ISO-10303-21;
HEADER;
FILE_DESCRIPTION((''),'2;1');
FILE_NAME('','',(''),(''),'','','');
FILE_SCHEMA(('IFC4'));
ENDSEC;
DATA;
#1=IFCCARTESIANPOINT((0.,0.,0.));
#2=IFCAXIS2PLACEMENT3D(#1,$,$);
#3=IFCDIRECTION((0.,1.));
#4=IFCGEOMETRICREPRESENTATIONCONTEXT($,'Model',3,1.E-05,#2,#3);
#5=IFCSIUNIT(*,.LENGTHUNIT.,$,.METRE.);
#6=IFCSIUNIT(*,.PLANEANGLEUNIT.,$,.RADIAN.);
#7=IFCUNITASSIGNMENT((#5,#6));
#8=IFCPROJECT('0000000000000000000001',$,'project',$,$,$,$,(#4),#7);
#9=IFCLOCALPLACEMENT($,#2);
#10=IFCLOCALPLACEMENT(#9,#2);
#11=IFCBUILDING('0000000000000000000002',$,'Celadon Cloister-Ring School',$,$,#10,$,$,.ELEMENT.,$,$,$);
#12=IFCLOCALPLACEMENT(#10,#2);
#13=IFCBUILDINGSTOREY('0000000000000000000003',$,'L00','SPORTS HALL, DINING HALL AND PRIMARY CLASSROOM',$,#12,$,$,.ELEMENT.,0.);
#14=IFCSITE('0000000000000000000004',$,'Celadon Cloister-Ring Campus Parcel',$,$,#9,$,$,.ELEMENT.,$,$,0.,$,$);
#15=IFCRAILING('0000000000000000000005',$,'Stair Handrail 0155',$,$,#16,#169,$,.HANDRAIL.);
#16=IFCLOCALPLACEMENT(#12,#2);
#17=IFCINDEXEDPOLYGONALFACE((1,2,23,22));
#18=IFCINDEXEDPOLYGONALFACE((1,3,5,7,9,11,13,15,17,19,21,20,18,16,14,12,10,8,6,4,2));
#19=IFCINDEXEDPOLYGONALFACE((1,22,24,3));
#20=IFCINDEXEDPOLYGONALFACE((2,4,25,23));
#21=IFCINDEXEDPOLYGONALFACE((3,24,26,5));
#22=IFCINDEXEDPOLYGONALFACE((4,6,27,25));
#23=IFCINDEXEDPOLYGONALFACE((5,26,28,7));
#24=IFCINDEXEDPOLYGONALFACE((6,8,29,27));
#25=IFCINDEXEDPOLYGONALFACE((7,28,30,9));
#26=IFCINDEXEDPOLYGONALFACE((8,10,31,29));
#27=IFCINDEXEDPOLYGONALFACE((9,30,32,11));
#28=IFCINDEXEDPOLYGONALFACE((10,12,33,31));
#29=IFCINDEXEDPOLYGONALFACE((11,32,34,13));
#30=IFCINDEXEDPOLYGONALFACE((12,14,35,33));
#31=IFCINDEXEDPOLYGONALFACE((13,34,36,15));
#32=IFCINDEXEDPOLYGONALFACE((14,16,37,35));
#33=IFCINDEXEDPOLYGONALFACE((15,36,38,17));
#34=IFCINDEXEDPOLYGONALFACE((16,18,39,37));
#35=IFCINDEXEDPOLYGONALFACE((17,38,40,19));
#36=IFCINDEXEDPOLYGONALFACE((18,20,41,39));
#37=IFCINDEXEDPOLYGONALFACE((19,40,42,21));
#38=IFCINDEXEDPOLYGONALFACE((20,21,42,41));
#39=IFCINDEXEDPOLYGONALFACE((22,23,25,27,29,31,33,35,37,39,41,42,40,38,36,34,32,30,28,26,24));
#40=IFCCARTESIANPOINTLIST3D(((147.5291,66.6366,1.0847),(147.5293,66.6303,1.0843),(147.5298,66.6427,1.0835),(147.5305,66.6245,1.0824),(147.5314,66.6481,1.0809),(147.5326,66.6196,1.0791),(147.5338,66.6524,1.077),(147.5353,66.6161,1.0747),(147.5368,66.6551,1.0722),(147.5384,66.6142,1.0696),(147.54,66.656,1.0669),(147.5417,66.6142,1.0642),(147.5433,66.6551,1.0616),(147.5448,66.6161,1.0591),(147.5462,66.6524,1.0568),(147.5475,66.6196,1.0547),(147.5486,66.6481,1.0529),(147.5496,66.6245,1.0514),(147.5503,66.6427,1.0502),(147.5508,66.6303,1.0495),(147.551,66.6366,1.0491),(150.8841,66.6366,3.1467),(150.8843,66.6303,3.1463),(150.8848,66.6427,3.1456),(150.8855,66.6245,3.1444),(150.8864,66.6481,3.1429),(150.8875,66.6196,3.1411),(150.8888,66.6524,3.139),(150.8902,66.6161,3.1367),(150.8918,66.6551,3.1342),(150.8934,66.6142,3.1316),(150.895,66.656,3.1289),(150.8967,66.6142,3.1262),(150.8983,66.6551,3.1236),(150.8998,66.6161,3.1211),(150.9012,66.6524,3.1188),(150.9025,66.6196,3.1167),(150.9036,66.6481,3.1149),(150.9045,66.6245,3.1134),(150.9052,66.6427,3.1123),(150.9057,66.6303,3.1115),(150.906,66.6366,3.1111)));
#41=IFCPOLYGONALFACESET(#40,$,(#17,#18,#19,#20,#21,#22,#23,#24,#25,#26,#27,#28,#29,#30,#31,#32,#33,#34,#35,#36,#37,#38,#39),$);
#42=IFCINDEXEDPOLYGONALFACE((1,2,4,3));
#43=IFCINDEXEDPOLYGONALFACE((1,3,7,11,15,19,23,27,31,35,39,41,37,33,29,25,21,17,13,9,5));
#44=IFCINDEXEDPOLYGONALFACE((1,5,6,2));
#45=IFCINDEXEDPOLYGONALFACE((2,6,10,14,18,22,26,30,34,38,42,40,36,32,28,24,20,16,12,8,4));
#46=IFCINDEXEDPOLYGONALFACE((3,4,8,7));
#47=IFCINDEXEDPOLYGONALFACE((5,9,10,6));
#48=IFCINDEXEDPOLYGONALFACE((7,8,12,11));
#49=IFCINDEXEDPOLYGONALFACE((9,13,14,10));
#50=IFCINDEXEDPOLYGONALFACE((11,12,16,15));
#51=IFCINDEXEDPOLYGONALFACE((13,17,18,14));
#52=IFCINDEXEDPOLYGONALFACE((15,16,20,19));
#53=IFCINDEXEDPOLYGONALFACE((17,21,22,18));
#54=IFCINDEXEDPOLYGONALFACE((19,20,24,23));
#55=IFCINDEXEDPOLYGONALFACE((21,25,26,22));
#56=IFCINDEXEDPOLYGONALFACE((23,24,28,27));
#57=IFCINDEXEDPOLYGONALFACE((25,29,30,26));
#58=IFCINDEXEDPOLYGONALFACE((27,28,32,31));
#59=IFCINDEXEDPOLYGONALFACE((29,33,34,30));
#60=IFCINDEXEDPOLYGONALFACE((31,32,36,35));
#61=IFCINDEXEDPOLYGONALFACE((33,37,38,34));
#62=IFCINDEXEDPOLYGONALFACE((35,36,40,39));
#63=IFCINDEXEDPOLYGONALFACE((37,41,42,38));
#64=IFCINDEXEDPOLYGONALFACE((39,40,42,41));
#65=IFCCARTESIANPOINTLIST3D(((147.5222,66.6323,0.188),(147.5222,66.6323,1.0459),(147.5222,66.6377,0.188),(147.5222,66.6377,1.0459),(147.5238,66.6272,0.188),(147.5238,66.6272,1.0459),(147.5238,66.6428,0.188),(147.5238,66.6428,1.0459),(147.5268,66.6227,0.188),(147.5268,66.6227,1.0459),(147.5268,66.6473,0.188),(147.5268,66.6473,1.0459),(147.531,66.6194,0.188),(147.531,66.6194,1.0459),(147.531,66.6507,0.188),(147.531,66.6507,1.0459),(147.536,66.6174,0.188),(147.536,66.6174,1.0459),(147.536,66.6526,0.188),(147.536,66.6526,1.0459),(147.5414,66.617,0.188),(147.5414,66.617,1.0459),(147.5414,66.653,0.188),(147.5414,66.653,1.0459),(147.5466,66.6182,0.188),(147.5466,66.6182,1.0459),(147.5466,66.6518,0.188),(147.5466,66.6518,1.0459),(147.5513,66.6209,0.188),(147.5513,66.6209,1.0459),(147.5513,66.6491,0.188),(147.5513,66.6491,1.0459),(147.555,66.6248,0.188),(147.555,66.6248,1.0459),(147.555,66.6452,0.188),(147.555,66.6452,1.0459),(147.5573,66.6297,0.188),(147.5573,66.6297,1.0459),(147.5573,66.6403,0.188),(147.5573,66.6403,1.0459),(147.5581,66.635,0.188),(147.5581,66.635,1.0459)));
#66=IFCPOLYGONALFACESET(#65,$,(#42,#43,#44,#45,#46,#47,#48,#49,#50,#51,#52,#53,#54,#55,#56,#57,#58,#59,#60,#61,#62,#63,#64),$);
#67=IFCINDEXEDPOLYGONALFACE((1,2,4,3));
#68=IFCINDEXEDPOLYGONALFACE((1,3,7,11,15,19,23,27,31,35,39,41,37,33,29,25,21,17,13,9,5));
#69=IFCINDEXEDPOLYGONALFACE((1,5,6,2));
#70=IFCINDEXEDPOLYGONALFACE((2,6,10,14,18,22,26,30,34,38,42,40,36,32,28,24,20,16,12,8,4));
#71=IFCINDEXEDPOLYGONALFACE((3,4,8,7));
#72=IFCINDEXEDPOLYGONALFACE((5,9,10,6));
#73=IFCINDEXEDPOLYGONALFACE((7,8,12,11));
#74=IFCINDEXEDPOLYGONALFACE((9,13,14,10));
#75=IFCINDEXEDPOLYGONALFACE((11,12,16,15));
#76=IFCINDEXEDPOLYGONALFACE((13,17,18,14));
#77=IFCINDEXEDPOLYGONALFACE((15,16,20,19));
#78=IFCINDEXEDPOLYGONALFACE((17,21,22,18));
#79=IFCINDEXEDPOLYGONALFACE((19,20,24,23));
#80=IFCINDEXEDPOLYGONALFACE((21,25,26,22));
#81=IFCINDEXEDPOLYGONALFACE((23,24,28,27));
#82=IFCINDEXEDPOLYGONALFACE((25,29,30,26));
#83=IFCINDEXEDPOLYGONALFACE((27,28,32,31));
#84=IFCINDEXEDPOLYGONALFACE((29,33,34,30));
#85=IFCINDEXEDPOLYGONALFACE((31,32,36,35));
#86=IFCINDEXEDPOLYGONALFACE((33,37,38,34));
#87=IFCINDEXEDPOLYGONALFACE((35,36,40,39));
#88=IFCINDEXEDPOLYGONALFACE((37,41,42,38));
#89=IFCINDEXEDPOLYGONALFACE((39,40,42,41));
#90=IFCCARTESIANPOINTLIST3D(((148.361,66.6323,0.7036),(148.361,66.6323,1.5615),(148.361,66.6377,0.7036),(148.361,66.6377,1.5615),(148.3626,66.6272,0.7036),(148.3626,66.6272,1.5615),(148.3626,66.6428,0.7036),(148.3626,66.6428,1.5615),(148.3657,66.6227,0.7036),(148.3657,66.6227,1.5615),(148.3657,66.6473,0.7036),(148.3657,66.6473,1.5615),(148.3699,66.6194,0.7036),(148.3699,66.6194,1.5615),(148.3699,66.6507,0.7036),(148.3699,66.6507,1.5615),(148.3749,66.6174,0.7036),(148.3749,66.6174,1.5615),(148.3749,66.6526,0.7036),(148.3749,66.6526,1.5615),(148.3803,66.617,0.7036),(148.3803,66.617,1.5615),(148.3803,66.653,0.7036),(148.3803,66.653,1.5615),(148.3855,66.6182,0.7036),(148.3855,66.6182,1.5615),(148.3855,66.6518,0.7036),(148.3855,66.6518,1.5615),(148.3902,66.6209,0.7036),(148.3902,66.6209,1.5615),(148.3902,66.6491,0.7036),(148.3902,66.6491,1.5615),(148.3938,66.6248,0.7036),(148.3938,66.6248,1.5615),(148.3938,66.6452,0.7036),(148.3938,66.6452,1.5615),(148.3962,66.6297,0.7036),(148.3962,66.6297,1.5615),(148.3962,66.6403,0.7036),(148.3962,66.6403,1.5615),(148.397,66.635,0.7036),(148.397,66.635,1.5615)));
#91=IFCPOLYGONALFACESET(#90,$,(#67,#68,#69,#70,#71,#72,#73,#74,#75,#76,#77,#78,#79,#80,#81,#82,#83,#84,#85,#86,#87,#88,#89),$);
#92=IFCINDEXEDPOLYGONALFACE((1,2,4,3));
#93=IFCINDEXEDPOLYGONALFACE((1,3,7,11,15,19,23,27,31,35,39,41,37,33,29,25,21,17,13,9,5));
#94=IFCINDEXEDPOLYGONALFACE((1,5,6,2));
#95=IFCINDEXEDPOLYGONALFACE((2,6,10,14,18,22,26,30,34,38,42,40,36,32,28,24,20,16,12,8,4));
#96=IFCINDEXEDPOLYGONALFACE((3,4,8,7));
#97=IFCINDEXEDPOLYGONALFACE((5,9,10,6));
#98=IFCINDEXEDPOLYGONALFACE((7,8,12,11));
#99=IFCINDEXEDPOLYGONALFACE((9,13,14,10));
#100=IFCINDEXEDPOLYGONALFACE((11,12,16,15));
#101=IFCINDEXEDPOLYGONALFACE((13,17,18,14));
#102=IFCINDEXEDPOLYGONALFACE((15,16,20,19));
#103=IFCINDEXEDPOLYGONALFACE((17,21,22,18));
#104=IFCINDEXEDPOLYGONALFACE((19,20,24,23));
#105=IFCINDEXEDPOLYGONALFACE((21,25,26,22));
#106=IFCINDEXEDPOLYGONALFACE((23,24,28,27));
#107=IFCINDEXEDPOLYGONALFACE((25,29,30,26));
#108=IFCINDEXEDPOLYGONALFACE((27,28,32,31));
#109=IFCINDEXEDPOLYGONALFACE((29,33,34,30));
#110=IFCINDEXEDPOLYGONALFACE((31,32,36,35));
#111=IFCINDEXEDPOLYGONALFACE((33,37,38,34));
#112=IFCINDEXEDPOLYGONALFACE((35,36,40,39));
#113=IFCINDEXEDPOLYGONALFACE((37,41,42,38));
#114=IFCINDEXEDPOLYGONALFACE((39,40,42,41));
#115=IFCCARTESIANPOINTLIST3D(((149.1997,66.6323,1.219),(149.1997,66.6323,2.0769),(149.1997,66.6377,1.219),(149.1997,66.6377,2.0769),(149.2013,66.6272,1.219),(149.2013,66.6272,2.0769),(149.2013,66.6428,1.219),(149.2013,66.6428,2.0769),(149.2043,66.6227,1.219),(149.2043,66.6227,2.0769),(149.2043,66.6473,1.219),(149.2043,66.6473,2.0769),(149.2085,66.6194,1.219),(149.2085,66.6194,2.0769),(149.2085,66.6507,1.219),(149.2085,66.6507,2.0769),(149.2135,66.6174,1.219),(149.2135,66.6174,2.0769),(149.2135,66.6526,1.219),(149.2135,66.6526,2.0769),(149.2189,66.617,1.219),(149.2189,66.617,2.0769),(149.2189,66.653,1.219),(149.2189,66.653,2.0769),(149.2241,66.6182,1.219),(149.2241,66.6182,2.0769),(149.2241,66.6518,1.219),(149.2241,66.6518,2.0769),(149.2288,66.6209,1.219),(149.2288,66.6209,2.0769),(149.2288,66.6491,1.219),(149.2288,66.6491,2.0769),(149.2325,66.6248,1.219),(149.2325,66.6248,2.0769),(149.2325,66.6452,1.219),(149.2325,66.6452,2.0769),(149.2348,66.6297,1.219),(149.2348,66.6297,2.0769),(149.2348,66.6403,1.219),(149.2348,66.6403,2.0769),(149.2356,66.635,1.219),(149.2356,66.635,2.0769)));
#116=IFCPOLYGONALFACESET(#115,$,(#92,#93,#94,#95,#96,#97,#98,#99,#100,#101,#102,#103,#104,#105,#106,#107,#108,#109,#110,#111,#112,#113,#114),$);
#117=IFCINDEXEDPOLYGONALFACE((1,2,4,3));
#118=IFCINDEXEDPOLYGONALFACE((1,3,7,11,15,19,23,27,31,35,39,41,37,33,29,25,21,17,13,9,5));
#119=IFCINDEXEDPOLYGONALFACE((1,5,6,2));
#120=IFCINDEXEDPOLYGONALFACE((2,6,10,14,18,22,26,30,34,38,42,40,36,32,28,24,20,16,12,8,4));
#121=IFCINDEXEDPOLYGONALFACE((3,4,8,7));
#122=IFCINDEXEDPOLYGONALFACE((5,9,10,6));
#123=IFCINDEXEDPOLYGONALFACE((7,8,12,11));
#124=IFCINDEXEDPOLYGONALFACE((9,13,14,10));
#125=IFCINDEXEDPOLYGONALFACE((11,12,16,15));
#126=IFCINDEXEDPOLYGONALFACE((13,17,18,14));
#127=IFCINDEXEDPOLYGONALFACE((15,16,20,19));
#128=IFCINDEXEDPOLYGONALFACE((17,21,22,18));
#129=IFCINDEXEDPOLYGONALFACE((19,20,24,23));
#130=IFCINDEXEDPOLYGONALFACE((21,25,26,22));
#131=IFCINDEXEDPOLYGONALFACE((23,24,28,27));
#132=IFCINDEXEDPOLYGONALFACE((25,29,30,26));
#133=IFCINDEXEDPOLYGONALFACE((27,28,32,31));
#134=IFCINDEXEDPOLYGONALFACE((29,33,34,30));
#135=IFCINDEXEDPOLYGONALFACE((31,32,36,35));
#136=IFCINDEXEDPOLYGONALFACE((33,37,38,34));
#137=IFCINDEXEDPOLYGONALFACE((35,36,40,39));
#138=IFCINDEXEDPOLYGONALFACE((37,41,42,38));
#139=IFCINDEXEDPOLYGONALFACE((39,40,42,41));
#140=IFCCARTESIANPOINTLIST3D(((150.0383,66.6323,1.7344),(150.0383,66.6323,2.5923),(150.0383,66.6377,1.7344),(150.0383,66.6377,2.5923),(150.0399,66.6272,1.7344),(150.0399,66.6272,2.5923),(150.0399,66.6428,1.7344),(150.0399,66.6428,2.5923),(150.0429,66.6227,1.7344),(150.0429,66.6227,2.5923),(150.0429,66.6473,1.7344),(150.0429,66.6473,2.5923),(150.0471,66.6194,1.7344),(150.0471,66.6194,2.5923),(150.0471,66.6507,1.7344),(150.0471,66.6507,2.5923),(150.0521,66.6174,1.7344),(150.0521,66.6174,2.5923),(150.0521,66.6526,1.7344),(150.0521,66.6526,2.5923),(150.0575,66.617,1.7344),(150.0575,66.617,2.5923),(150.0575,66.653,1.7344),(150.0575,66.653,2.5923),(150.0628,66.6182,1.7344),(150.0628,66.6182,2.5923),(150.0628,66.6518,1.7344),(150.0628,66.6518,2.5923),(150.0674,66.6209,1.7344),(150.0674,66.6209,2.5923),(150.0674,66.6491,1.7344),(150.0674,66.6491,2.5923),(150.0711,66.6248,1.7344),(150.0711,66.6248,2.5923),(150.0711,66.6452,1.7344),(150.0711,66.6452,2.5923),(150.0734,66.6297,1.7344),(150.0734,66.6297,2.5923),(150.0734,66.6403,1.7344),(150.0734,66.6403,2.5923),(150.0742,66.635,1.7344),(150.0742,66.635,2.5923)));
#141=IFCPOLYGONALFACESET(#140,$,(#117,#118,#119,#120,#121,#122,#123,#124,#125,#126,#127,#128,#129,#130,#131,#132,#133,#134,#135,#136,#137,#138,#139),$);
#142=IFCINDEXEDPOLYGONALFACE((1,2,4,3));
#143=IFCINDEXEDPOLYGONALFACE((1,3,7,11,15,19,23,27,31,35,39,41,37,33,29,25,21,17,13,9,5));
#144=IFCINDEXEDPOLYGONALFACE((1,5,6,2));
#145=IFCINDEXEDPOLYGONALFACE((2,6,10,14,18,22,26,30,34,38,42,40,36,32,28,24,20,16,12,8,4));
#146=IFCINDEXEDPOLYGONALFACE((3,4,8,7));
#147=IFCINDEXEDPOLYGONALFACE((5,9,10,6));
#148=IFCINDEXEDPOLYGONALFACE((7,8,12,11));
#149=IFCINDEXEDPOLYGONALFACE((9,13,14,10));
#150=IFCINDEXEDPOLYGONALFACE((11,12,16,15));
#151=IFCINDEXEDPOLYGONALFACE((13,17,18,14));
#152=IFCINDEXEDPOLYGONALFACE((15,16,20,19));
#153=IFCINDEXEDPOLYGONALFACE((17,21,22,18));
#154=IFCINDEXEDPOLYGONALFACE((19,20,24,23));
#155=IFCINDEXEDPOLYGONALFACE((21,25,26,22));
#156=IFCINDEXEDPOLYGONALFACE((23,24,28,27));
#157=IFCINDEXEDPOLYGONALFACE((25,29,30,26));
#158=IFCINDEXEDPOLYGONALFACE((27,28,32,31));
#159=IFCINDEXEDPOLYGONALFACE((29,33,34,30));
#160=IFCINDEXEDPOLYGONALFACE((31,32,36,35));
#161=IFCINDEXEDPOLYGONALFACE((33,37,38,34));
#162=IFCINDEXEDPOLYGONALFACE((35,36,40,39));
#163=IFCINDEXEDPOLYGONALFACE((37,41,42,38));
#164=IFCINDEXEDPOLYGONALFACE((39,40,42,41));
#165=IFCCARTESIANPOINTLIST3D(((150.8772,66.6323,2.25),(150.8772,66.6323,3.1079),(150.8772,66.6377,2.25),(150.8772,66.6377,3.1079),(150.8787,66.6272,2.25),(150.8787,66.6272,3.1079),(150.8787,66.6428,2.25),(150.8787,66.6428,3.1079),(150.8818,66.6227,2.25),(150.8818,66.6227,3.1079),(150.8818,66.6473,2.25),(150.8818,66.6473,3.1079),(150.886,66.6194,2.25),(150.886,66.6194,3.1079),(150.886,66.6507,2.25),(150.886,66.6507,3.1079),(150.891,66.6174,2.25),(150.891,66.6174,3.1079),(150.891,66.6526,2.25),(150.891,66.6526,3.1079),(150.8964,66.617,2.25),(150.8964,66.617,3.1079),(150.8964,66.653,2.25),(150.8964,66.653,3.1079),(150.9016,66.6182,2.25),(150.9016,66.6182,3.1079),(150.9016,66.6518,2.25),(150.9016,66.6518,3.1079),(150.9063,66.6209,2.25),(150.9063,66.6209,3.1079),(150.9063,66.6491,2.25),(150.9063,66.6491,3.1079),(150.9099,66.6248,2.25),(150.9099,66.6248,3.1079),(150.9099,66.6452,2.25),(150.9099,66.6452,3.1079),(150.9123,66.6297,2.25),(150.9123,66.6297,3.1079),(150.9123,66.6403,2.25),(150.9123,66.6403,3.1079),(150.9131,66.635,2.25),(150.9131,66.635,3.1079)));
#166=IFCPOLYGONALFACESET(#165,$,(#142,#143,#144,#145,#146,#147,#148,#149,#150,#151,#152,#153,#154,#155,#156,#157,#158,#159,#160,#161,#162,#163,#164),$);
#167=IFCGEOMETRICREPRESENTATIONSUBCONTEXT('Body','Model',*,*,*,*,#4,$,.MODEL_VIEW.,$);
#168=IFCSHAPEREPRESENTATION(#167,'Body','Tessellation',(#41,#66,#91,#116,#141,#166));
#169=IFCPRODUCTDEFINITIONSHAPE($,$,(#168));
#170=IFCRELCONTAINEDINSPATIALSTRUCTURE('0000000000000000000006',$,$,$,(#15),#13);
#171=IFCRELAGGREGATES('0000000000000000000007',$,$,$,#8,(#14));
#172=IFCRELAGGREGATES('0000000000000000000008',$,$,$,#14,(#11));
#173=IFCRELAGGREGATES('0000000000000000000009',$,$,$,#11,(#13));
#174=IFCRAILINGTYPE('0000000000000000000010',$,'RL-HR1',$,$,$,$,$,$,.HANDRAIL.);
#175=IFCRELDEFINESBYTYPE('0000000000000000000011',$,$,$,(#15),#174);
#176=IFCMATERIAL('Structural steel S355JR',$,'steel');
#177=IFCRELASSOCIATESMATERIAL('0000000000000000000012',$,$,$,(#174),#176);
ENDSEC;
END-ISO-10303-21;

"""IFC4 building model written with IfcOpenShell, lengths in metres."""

from ifc_helpers import new_model, si_unit, direction, frame, origin, origin_2d, place, context, subcontext, project, spatial, circle, extrude, material, type_object, element, save


model = new_model("IFC4")

# Units and contexts
model_context = context("Model", 3, precision=1e-05, world=origin(), true_north=direction((0.0, 1.0)))
body_context = subcontext(model_context, "Body", "Model", "MODEL_VIEW")
ifc_project = project(units=[si_unit("LENGTHUNIT", "METRE"), si_unit("PLANEANGLEUNIT", "RADIAN")], contexts=[model_context])

# Site, building, storey
site_placement = place(None, origin())
site = spatial("IfcSite", under=ifc_project, at=site_placement, Name="Celadon Cloister-Ring Campus Parcel", CompositionType="ELEMENT", RefElevation=0.0)
building_placement = place(site_placement, origin())
building = spatial("IfcBuilding", under=site, at=building_placement, Name="Celadon Cloister-Ring School", CompositionType="ELEMENT")
storey_placement = place(building_placement, origin())
storey = spatial("IfcBuildingStorey", under=building, at=storey_placement, Name="L00", Description="SPORTS HALL, DINING HALL AND PRIMARY CLASSROOM", CompositionType="ELEMENT", Elevation=0.0)

# Railing
ifc_material_1 = material(Name="Structural steel S355JR", Category="steel")
railing_type_1 = type_object("IfcRailingType", Name="RL-HR1", PredefinedType="HANDRAIL", material=ifc_material_1)
for number, where, name in (
    (1, (147.54, 66.635, 0.188), "Stair Handrail 0155"),
):
    element("IfcRailing", number, at=place(storey_placement, frame(where)), inside=storey, type_object=railing_type_1, Name=name, PredefinedType="HANDRAIL", context=body_context, shape_type="SweptSolid", body=[
        extrude(circle(Radius=0.021, at=origin_2d()), frame((0.0, 0.0, 0.8789), z_axis=(0.851952, 0.0, 0.52362), x_axis=(0.0, 1.0, 0.0)), (0.0, 0.0, 1.0), 3.938),
        extrude(circle(Radius=0.0181, at=origin_2d()), origin(), (0.0, 0.0, 1.0), 0.8579),
        extrude(circle(Radius=0.0181, at=origin_2d()), frame((0.8389, 0.0, 0.5156)), (0.0, 0.0, 1.0), 0.8579),
        extrude(circle(Radius=0.0181, at=origin_2d()), frame((1.6775, 0.0, 1.031)), (0.0, 0.0, 1.0), 0.8579),
        extrude(circle(Radius=0.0181, at=origin_2d()), frame((2.5161, 0.0, 1.5464)), (0.0, 0.0, 1.0), 0.8579),
        extrude(circle(Radius=0.0181, at=origin_2d()), frame((3.355, 0.0, 2.062)), (0.0, 0.0, 1.0), 0.8579),
    ])

save(model, "model.ifc")
